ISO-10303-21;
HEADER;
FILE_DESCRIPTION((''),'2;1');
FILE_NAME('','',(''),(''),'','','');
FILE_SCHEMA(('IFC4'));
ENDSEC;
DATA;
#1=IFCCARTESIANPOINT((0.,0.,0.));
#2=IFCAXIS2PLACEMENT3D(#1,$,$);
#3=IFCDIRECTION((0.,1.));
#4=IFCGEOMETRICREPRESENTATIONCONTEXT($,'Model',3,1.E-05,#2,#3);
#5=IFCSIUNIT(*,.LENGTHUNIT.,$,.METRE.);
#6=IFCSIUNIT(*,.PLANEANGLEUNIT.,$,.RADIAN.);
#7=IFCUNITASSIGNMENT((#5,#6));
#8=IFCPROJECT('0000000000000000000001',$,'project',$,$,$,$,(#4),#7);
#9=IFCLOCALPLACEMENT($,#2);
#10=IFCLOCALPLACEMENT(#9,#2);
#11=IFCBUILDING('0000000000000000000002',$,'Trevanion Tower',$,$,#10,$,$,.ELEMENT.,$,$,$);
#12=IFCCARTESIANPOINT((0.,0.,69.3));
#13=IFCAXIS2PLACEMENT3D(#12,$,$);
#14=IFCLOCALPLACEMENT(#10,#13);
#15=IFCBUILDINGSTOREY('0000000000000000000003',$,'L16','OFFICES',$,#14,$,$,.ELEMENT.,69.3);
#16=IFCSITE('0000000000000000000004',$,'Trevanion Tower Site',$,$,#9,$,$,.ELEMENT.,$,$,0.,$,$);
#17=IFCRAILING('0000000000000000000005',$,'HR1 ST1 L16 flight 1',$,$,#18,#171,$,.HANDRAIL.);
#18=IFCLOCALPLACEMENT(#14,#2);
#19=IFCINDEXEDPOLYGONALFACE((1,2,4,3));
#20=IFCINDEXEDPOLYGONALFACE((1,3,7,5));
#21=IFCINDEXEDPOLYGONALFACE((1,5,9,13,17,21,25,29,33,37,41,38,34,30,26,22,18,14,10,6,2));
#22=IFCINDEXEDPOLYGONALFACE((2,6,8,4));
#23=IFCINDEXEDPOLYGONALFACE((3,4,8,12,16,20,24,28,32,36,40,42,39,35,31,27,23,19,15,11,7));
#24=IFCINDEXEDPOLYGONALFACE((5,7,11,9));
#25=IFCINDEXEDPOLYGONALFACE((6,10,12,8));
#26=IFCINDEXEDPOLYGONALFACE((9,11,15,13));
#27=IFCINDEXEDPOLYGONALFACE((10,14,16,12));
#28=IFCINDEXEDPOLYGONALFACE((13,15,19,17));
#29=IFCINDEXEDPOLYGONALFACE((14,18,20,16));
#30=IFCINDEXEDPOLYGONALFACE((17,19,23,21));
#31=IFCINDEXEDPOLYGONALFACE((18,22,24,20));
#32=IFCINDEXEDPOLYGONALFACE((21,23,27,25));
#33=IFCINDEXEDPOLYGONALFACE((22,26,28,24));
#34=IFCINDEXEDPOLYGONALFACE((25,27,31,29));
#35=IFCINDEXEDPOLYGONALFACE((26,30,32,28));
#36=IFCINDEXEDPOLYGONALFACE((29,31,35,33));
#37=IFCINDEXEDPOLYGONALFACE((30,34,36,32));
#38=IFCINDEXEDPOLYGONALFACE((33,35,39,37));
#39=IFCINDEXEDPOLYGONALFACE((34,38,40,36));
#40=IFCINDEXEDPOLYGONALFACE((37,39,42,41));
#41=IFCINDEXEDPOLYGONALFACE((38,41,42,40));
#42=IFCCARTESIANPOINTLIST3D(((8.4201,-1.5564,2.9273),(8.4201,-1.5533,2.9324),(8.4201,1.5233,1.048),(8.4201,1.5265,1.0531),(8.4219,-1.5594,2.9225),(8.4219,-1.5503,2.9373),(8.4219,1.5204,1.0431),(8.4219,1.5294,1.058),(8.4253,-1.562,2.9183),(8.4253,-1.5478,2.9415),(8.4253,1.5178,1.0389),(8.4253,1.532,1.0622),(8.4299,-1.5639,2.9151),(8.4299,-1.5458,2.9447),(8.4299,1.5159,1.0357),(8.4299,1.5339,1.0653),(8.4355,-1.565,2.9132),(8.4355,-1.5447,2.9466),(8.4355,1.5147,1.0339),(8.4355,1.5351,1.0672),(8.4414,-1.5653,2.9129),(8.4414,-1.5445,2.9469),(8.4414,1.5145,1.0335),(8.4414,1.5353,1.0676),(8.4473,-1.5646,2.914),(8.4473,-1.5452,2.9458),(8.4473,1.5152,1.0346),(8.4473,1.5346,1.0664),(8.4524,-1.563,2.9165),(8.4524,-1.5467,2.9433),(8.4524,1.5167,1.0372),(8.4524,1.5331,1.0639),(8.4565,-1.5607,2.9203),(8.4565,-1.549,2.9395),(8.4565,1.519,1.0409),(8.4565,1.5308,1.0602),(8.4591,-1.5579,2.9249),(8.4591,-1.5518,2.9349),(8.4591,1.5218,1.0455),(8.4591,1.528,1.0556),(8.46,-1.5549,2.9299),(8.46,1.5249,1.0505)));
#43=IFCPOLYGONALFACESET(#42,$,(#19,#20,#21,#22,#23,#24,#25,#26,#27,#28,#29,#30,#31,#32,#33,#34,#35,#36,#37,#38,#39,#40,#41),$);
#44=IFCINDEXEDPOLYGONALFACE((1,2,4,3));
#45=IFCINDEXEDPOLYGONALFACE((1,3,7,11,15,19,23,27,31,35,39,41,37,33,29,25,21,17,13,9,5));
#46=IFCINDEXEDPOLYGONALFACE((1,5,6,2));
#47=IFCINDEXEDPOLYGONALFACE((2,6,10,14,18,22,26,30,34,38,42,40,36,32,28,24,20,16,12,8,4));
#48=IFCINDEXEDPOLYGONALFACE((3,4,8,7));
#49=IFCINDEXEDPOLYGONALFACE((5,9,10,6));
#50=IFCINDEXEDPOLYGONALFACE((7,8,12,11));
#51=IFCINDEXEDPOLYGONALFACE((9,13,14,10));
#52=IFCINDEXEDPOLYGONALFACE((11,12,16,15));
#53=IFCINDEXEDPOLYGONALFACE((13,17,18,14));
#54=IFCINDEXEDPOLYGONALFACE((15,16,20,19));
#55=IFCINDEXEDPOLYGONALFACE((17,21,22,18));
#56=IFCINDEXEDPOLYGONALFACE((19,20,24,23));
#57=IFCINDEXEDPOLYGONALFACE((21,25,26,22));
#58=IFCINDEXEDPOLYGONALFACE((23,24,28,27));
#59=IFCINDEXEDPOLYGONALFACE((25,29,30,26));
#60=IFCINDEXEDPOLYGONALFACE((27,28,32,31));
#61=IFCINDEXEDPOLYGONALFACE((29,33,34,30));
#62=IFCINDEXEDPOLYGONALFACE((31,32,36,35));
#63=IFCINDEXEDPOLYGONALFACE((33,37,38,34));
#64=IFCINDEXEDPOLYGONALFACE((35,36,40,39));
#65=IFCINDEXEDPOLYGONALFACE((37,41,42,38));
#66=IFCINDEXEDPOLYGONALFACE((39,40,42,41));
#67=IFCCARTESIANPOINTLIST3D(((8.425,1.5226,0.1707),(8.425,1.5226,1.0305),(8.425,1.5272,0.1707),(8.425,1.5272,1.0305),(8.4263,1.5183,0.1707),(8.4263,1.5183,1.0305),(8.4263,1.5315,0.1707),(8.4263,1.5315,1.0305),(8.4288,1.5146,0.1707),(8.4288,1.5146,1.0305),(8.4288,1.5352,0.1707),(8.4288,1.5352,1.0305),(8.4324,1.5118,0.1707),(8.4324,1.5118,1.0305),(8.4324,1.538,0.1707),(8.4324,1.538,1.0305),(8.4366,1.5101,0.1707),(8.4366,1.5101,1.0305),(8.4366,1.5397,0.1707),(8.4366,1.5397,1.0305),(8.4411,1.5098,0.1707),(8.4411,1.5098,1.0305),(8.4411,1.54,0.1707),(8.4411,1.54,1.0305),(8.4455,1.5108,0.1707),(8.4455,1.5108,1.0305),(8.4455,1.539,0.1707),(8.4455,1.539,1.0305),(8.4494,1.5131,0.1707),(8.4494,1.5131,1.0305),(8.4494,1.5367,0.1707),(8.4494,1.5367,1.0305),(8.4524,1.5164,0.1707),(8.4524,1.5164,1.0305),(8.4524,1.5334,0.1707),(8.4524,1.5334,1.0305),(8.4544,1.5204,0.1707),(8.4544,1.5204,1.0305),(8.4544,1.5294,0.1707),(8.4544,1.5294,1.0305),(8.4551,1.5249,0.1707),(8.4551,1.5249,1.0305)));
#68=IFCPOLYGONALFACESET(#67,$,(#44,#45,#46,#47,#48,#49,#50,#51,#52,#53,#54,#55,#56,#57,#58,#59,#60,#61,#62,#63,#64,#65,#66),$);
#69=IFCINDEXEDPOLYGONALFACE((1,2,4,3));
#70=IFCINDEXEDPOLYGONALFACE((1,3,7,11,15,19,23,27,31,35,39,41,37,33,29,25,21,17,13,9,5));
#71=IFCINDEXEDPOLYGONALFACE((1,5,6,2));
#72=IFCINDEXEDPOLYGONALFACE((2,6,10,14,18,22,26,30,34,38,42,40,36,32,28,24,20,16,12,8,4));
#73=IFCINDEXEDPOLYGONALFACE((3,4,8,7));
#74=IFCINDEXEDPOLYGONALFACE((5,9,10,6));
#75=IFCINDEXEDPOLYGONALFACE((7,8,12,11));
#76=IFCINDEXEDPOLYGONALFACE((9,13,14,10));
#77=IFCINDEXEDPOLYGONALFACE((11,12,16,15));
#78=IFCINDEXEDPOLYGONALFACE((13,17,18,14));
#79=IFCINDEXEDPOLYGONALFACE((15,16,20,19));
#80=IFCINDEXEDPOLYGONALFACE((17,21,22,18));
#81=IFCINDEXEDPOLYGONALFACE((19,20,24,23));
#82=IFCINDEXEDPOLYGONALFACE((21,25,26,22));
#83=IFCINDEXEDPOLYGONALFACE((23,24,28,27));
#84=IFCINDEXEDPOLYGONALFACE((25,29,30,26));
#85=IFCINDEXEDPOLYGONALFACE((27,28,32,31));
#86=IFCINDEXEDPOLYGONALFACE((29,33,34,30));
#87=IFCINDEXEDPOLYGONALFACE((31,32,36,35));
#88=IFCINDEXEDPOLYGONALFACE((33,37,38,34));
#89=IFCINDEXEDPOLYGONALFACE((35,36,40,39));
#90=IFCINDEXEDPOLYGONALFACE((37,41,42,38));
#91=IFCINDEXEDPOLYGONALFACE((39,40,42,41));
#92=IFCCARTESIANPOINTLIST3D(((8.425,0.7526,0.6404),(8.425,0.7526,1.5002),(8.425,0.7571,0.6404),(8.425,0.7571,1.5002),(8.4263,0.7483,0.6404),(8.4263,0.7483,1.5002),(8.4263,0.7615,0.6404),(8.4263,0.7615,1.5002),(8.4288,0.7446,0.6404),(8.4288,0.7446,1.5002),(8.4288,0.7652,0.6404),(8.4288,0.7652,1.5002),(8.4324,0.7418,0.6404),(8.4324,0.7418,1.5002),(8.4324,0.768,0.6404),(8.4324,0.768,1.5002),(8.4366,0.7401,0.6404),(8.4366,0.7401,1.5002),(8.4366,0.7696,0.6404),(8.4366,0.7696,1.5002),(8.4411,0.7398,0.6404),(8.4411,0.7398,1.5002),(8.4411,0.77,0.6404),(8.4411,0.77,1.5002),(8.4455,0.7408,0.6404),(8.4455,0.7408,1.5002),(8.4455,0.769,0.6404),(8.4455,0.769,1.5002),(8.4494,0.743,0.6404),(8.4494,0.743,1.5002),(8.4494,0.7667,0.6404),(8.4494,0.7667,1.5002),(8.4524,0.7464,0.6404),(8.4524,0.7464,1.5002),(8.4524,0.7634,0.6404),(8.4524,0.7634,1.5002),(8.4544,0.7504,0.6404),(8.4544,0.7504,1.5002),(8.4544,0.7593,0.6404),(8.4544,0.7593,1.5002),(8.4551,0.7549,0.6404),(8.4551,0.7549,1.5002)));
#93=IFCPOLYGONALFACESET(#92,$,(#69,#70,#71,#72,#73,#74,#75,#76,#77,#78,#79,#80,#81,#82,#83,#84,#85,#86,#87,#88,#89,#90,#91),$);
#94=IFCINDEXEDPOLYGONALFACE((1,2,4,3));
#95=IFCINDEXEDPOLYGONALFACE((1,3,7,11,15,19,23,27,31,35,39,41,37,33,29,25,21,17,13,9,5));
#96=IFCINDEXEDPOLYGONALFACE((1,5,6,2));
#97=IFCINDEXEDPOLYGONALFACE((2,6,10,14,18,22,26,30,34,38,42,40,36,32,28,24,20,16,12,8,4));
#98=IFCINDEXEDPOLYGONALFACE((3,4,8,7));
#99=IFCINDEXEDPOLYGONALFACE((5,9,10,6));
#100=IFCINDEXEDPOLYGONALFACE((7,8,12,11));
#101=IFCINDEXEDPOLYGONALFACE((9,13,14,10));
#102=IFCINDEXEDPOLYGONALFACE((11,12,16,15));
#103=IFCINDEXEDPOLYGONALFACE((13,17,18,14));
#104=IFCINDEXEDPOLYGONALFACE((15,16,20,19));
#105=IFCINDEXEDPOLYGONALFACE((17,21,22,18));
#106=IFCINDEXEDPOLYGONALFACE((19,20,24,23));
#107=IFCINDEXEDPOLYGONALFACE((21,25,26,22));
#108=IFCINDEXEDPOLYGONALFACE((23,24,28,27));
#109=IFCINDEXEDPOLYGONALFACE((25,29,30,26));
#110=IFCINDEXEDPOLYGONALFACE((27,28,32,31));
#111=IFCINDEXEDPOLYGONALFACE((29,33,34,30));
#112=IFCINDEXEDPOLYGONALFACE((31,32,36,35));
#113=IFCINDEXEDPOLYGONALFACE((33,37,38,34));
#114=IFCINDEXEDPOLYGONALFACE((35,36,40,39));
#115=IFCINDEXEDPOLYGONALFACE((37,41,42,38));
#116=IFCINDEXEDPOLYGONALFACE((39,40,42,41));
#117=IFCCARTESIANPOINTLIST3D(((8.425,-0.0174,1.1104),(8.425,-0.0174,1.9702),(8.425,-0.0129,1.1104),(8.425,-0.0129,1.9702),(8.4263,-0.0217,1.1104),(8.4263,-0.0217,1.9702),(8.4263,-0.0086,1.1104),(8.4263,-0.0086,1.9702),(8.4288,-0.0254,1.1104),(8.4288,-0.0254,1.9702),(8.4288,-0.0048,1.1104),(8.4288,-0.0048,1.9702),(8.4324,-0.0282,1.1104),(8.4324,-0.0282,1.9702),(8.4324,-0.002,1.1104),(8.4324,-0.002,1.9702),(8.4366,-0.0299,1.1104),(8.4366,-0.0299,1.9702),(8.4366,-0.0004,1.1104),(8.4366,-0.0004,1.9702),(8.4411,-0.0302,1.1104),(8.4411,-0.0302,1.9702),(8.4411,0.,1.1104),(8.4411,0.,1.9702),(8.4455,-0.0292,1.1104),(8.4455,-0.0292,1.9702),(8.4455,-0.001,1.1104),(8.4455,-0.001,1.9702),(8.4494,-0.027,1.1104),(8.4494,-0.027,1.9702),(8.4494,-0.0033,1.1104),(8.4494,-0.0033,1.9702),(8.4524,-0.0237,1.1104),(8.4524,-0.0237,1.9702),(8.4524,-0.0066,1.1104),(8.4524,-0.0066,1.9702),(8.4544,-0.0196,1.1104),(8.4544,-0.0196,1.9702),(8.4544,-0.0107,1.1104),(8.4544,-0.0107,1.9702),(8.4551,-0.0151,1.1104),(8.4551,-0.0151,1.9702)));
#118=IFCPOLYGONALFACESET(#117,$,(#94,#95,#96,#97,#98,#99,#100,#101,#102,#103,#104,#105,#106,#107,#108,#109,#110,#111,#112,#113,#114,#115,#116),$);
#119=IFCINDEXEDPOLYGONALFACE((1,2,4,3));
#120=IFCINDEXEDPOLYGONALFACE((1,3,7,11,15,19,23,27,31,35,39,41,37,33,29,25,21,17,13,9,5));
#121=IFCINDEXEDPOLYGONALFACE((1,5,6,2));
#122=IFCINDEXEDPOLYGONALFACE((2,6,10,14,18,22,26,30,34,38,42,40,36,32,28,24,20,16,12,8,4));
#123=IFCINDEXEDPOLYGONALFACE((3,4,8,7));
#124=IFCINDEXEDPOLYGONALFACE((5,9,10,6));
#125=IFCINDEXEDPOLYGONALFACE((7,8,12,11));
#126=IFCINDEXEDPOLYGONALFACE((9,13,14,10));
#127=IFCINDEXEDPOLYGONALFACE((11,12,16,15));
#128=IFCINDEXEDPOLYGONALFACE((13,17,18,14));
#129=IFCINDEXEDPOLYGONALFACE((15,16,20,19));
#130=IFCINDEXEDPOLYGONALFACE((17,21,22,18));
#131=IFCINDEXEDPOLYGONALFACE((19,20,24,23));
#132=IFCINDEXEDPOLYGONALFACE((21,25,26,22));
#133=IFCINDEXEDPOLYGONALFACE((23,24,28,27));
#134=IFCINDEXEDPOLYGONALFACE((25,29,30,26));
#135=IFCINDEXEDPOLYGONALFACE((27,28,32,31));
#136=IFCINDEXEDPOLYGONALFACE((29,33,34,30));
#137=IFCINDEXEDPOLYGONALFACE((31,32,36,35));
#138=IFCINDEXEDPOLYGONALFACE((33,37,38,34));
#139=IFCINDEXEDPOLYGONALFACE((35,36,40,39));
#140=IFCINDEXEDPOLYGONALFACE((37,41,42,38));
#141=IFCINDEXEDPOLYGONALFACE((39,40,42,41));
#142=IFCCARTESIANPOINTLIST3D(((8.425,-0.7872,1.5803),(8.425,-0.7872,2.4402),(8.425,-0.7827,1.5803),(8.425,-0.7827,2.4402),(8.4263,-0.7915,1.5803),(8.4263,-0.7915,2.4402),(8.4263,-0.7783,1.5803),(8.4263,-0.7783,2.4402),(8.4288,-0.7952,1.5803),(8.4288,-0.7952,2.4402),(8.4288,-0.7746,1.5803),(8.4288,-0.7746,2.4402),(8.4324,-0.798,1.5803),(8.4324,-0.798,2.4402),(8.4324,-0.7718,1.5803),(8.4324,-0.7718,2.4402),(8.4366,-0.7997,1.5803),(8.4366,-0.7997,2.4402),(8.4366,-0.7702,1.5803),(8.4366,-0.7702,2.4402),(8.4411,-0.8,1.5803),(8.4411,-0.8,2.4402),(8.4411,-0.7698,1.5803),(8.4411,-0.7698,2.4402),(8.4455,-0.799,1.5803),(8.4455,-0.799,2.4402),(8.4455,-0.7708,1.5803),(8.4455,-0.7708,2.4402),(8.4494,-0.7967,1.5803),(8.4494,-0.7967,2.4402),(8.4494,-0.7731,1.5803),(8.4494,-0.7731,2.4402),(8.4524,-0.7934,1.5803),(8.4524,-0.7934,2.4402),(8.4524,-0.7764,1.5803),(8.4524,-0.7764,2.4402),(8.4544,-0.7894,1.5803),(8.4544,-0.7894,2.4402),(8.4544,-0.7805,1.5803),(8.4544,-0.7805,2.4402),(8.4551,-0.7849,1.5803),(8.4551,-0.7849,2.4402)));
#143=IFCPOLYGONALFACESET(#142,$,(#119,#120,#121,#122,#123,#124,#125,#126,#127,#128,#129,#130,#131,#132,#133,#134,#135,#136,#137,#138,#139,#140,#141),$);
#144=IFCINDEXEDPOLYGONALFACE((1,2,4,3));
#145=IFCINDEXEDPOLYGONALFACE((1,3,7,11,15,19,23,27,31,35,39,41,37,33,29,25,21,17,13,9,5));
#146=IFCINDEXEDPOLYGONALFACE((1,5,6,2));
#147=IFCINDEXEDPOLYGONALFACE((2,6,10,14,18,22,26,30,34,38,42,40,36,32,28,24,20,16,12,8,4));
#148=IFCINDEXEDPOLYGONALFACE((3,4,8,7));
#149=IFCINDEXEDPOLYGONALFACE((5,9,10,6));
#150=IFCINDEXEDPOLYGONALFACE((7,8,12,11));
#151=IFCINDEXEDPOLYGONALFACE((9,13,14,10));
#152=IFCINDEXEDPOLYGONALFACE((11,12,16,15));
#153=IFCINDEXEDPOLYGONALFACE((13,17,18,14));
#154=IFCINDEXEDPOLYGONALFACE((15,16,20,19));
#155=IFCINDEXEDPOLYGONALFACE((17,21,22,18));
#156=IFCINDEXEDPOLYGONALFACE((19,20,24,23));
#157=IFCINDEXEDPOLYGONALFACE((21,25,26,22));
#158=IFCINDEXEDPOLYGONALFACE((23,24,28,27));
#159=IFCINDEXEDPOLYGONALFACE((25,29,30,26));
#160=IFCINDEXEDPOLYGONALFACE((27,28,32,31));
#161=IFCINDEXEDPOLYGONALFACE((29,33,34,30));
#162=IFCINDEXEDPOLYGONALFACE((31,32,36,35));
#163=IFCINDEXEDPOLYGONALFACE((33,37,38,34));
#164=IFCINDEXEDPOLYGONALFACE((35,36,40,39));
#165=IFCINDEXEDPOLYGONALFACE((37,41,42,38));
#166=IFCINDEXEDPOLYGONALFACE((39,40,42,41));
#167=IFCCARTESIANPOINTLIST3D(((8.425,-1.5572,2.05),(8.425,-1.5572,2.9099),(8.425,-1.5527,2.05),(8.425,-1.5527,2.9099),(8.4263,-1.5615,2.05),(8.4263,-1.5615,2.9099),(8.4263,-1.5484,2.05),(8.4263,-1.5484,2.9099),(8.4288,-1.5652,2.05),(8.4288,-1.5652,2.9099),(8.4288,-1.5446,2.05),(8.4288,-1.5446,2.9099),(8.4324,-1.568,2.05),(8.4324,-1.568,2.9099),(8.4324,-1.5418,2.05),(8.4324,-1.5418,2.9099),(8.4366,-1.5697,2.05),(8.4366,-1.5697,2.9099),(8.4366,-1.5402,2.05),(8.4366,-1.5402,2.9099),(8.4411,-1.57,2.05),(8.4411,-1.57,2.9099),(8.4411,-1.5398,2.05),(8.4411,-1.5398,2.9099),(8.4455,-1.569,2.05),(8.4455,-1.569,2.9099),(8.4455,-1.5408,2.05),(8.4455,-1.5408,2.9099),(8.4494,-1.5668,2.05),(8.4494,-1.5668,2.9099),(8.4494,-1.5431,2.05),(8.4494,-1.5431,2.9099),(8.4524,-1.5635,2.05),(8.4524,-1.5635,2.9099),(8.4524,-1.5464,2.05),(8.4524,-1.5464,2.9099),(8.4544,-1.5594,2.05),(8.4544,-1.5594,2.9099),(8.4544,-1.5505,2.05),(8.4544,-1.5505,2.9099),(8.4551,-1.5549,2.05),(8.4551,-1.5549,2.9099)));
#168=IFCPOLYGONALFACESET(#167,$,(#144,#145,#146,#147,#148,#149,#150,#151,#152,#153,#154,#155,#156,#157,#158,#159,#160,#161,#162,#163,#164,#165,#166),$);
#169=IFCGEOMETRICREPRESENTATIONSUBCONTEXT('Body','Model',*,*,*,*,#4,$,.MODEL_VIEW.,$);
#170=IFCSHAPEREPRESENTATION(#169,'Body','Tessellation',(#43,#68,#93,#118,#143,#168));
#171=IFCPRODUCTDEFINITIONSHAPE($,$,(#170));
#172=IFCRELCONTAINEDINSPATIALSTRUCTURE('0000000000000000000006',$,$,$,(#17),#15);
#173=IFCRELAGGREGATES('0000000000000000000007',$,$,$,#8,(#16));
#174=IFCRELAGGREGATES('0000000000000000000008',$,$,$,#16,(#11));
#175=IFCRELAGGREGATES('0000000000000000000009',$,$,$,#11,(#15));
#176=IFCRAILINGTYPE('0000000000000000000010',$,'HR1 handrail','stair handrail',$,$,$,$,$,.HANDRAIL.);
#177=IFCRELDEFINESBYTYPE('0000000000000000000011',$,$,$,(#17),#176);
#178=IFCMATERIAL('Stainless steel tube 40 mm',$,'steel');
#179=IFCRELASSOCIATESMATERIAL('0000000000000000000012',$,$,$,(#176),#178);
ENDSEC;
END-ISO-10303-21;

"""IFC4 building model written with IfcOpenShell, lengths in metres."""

from ifc_helpers import new_model, si_unit, direction, frame, origin, origin_2d, place, context, subcontext, project, spatial, circle, extrude, material, type_object, element, save


model = new_model("IFC4")

# Units and contexts
model_context = context("Model", 3, precision=1e-05, world=origin(), true_north=direction((0.0, 1.0)))
body_context = subcontext(model_context, "Body", "Model", "MODEL_VIEW")
ifc_project = project(units=[si_unit("LENGTHUNIT", "METRE"), si_unit("PLANEANGLEUNIT", "RADIAN")], contexts=[model_context])

# Site, building, storey
site_placement = place(None, origin())
site = spatial("IfcSite", under=ifc_project, at=site_placement, Name="Trevanion Tower Site", CompositionType="ELEMENT", RefElevation=0.0)
building_placement = place(site_placement, origin())
building = spatial("IfcBuilding", under=site, at=building_placement, Name="Trevanion Tower", CompositionType="ELEMENT")
storey_placement = place(building_placement, frame((0.0, 0.0, 69.3)))
storey = spatial("IfcBuildingStorey", under=building, at=storey_placement, Name="L16", Description="OFFICES", CompositionType="ELEMENT", Elevation=69.3)

# Railing
ifc_material_1 = material(Name="Stainless steel tube 40 mm", Category="steel")
railing_type = type_object("IfcRailingType", Name="HR1 handrail", Description="stair handrail", PredefinedType="HANDRAIL", material=ifc_material_1)
for number, where, name in (
    (1, (8.4399, 1.5249, 0.1707), "HR1 ST1 L16 flight 1"),
):
    element("IfcRailing", number, at=place(storey_placement, frame(where)), inside=storey, type_object=railing_type, Name=name, PredefinedType="HANDRAIL", context=body_context, shape_type="SweptSolid", body=[
        extrude(circle(Radius=0.02, at=origin_2d()), frame((0.0, 0.0, 0.8799), z_axis=(0.0, -0.853618, 0.5209), x_axis=(1.0, 0.0, 0.0)), (0.0, 0.0, 1.0), 3.6079),
        extrude(circle(Radius=0.0151, at=origin_2d()), origin(), (0.0, 0.0, 1.0), 0.8599),
        extrude(circle(Radius=0.0151, at=origin_2d()), frame((0.0, -0.77, 0.4697)), (0.0, 0.0, 1.0), 0.8599),
        extrude(circle(Radius=0.0151, at=origin_2d()), frame((0.0, -1.54, 0.9397)), (0.0, 0.0, 1.0), 0.8599),
        extrude(circle(Radius=0.0151, at=origin_2d()), frame((0.0, -2.3098, 1.4097)), (0.0, 0.0, 1.0), 0.8599),
        extrude(circle(Radius=0.0151, at=origin_2d()), frame((0.0, -3.0798, 1.8794)), (0.0, 0.0, 1.0), 0.8599),
    ])

save(model, "model.ifc")
